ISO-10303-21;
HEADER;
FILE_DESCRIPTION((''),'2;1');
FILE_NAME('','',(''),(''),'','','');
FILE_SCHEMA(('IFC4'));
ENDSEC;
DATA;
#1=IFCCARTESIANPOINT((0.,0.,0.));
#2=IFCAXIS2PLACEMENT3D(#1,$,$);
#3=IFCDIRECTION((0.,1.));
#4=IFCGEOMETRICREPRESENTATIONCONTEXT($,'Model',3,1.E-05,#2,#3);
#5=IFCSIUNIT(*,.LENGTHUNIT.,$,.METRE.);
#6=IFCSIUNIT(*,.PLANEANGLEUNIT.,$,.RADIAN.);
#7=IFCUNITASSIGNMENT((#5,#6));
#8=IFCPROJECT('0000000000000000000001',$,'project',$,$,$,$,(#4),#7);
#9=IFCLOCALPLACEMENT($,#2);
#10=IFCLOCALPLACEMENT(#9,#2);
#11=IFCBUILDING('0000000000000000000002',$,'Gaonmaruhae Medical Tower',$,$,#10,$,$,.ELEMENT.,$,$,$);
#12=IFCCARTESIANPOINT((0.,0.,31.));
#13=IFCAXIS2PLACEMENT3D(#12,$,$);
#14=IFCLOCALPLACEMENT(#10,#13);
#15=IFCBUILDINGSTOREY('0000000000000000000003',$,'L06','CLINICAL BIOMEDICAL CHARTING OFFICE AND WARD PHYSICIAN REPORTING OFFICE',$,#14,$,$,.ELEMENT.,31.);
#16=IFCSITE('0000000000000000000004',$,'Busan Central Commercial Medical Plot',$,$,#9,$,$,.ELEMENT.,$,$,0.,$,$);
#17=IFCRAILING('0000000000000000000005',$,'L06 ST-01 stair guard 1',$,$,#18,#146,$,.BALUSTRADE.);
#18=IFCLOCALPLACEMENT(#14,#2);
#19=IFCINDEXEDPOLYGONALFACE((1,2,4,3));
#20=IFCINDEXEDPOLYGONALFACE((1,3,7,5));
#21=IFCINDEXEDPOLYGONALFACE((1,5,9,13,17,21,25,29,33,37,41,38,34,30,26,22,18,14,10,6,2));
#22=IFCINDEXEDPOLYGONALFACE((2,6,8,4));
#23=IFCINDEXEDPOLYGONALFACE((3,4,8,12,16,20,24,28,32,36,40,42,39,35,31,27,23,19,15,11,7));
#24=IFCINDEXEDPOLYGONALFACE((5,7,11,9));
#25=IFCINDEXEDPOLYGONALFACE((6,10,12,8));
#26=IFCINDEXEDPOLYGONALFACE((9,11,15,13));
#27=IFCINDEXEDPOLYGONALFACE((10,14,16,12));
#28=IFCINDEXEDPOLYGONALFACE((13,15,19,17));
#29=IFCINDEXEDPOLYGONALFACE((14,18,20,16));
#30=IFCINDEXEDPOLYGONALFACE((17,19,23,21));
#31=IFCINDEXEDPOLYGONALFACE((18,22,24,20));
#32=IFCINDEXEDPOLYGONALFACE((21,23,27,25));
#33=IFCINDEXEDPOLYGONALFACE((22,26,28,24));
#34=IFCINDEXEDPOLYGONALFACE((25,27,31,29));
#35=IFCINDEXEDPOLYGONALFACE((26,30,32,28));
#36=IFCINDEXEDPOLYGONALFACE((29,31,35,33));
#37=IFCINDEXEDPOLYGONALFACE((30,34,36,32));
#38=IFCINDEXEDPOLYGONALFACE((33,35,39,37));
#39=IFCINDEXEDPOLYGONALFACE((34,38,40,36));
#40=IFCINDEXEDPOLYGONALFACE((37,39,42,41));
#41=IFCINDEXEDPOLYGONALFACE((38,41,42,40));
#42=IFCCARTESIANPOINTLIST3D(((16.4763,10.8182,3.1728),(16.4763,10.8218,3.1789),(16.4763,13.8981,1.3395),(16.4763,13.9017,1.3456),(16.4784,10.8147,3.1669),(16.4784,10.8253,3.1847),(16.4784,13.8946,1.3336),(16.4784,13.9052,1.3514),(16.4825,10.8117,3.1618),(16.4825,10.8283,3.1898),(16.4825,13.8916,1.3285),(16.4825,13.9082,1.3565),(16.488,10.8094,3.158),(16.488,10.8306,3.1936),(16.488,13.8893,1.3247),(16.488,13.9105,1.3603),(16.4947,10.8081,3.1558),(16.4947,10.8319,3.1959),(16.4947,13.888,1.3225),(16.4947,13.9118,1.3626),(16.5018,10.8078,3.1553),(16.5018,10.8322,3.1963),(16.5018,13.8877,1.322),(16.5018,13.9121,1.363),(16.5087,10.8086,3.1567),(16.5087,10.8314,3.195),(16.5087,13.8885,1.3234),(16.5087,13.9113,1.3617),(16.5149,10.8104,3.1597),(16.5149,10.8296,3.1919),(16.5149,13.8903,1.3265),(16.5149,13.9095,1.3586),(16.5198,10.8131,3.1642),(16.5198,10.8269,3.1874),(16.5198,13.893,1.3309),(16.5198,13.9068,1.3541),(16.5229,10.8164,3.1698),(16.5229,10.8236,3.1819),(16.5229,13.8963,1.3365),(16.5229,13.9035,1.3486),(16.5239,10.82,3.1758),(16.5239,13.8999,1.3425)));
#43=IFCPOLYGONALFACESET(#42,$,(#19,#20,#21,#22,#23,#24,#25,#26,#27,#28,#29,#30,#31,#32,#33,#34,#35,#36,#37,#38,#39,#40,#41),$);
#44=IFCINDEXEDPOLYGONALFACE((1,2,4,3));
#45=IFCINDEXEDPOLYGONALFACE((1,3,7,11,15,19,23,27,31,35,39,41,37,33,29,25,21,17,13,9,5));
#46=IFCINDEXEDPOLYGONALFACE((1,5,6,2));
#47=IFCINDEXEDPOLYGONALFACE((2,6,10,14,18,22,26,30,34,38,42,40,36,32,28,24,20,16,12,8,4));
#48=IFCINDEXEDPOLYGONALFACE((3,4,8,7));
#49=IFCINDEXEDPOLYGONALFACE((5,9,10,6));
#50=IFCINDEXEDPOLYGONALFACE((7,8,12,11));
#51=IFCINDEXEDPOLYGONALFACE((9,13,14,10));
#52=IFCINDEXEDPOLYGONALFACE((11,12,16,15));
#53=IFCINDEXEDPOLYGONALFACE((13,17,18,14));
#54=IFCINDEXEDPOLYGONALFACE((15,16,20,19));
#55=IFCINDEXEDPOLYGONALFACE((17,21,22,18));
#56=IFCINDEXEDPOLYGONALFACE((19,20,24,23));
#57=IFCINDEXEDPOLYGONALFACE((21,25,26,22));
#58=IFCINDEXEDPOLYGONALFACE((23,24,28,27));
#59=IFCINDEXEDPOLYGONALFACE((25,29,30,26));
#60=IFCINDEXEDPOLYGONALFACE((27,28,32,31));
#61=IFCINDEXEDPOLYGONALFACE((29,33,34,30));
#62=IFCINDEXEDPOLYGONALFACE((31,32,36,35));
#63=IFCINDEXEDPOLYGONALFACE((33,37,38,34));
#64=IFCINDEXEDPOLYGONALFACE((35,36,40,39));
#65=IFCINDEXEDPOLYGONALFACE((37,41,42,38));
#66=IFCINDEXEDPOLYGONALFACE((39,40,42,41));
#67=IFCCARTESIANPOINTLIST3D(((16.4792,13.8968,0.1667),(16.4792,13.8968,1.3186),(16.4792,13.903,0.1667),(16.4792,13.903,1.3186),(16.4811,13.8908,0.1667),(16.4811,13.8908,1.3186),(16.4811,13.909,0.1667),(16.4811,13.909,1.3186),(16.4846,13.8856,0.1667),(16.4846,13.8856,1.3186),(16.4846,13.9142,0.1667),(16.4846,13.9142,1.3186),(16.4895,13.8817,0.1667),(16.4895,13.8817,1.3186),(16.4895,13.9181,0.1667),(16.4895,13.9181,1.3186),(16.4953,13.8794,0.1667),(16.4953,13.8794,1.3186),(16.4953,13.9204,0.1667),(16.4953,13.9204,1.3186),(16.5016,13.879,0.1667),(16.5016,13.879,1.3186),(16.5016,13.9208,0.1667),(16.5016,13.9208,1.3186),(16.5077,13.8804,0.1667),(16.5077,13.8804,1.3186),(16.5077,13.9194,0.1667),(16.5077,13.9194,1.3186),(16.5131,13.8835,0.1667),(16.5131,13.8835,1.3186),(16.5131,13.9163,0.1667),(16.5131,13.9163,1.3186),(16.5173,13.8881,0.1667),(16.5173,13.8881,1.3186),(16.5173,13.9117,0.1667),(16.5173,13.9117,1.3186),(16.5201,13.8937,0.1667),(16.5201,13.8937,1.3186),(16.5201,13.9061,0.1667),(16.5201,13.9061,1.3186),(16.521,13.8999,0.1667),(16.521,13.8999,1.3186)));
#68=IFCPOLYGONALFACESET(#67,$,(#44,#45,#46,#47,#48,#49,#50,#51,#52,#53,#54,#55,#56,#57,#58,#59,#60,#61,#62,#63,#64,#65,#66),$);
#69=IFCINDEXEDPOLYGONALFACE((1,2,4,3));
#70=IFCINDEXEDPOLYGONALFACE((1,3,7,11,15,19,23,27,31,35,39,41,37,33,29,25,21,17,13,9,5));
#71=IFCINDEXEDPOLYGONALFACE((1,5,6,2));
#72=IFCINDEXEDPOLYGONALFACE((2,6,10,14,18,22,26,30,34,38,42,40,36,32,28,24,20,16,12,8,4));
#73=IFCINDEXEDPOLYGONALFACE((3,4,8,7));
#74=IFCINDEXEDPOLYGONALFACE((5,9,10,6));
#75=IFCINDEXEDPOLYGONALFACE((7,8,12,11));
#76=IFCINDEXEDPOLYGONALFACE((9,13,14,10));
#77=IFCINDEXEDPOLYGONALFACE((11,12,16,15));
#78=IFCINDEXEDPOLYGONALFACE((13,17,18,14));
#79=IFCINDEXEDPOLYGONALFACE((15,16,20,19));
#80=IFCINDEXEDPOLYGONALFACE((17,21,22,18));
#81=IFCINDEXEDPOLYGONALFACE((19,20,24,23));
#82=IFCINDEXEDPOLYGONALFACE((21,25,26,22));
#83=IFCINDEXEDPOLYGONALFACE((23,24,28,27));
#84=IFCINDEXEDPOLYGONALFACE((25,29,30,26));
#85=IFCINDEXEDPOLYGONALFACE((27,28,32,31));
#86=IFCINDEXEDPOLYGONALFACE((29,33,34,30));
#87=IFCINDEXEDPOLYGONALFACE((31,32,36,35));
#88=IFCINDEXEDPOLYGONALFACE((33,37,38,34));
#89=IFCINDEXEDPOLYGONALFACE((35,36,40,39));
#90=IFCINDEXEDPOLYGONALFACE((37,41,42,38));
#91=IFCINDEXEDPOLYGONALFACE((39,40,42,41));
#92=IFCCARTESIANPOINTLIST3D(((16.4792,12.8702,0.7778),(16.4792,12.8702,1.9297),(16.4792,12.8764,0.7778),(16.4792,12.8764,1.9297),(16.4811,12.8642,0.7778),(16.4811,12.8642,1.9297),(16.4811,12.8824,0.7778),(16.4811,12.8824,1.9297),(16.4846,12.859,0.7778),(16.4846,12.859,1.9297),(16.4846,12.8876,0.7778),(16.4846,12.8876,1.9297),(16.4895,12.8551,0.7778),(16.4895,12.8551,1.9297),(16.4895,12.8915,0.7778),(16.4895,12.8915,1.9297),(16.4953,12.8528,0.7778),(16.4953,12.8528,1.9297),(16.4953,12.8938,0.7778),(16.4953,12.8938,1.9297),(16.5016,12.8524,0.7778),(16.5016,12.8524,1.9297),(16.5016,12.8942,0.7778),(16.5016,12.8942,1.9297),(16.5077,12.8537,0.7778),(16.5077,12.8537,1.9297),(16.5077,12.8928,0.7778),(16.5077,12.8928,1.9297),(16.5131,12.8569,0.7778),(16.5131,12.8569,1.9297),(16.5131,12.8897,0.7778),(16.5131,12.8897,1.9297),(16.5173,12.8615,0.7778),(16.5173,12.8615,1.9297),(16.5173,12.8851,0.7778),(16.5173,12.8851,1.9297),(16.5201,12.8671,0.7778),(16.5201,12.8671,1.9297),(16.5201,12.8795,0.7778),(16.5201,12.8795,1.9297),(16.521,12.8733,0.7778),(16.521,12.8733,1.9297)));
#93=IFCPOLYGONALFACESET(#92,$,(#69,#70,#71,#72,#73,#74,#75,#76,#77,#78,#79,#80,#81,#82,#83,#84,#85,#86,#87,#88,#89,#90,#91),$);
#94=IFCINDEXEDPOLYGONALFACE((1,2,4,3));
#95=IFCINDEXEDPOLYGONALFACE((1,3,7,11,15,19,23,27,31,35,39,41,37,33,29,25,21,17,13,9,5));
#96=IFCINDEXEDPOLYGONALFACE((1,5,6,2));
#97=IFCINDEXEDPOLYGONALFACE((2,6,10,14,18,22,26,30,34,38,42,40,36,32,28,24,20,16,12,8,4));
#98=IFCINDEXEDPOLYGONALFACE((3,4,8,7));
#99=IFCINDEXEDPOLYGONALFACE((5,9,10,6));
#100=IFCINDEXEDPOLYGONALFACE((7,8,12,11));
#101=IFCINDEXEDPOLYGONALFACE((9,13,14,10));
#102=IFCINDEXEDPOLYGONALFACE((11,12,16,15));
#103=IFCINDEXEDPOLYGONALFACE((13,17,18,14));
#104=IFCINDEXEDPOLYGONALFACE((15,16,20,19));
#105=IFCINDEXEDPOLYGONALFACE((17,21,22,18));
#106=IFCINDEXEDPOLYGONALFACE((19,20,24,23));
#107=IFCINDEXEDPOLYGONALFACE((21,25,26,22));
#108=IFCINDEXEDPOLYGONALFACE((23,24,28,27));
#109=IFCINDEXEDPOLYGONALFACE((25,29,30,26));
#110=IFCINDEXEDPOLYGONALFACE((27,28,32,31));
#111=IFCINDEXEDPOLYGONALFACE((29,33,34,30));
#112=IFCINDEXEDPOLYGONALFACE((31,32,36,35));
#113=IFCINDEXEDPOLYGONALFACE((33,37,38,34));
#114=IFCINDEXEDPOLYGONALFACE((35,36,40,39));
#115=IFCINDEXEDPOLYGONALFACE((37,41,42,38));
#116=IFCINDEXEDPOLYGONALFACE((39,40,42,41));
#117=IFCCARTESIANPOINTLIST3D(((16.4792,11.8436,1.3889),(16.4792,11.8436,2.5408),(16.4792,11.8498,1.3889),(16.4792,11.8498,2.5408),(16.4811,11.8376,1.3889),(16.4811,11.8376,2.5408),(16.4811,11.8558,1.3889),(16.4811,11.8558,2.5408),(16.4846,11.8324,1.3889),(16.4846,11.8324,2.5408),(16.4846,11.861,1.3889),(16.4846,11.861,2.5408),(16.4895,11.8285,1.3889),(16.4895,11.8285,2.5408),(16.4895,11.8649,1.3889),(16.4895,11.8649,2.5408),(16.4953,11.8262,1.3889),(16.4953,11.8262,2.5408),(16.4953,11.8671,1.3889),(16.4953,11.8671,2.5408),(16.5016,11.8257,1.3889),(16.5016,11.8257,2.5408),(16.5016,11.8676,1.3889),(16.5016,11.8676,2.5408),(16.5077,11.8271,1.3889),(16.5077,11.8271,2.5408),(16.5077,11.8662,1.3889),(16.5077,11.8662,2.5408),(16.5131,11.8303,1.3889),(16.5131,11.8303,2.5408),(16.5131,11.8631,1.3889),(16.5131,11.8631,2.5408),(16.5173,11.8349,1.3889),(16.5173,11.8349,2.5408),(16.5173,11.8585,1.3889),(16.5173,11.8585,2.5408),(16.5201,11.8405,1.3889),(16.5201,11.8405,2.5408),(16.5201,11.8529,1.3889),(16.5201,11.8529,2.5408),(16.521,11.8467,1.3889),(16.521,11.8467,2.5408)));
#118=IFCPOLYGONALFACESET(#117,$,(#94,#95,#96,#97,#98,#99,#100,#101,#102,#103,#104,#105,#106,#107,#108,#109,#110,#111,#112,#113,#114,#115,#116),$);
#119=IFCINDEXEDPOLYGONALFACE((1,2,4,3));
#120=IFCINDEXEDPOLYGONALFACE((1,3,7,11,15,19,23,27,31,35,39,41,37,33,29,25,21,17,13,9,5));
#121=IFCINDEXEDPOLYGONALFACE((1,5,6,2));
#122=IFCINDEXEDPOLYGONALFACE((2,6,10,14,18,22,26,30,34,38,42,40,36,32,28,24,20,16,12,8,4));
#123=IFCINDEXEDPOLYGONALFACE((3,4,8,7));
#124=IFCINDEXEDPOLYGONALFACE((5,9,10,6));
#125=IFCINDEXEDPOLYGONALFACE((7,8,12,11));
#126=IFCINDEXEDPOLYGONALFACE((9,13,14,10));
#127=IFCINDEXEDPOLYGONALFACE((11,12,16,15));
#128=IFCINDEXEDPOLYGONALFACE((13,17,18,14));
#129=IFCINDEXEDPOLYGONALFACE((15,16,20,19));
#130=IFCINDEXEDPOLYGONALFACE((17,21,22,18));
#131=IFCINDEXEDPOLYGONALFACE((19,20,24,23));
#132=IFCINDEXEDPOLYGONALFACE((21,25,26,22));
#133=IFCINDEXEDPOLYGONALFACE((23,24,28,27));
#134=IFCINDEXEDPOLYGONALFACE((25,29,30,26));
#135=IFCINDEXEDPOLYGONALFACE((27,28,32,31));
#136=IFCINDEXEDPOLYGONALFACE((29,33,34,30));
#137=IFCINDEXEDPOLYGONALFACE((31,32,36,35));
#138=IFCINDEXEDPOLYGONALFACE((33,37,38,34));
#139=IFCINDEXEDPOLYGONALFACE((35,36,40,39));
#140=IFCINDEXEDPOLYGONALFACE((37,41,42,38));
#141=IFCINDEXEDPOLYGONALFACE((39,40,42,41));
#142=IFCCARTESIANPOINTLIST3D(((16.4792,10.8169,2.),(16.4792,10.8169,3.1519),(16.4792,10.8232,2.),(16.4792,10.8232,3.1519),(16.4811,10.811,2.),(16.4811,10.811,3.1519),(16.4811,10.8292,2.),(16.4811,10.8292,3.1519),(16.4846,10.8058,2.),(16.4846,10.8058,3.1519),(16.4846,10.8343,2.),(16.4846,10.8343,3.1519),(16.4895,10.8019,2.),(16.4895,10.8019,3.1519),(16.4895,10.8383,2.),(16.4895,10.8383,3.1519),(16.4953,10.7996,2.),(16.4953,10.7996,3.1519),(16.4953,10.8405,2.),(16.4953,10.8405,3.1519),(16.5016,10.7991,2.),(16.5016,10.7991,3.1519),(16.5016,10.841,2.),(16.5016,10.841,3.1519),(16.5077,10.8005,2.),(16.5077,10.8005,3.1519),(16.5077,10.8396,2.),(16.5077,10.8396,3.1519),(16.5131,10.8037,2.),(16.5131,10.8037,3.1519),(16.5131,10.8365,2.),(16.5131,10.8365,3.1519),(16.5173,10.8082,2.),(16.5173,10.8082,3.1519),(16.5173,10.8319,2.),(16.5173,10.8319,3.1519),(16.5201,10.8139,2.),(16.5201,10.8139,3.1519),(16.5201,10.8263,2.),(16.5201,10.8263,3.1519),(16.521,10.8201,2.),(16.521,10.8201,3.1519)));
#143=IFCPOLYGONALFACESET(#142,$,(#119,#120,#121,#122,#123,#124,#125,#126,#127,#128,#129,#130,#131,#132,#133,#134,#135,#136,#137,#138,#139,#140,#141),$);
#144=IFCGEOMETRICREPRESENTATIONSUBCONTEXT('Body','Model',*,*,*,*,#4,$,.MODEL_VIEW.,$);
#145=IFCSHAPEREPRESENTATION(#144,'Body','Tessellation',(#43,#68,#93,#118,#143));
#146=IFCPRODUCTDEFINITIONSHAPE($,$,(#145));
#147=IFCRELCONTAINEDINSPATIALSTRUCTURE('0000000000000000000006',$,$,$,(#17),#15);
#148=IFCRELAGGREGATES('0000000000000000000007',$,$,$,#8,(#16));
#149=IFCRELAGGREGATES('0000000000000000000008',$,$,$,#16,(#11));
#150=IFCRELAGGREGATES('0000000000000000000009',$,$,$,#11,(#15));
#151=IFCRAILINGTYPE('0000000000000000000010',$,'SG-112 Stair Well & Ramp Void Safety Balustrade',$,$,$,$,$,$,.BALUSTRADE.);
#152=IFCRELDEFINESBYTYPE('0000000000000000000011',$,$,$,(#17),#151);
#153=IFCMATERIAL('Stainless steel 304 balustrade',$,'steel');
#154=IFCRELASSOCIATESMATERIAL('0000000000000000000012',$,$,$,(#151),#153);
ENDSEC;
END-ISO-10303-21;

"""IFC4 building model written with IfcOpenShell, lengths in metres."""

from ifc_helpers import new_model, si_unit, direction, frame, origin, origin_2d, place, context, subcontext, project, spatial, circle, extrude, material, type_object, element, save


model = new_model("IFC4")

# Units and contexts
model_context = context("Model", 3, precision=1e-05, world=origin(), true_north=direction((0.0, 1.0)))
body_context = subcontext(model_context, "Body", "Model", "MODEL_VIEW")
ifc_project = project(units=[si_unit("LENGTHUNIT", "METRE"), si_unit("PLANEANGLEUNIT", "RADIAN")], contexts=[model_context])

# Site, building, storey
site_placement = place(None, origin())
site = spatial("IfcSite", under=ifc_project, at=site_placement, Name="Busan Central Commercial Medical Plot", CompositionType="ELEMENT", RefElevation=0.0)
building_placement = place(site_placement, origin())
building = spatial("IfcBuilding", under=site, at=building_placement, Name="Gaonmaruhae Medical Tower", CompositionType="ELEMENT")
storey_placement = place(building_placement, frame((0.0, 0.0, 31.0)))
storey = spatial("IfcBuildingStorey", under=building, at=storey_placement, Name="L06", Description="CLINICAL BIOMEDICAL CHARTING OFFICE AND WARD PHYSICIAN REPORTING OFFICE", CompositionType="ELEMENT", Elevation=31.0)

# Railing
ifc_material_1 = material(Name="Stainless steel 304 balustrade", Category="steel")
railing_type_1 = type_object("IfcRailingType", Name="SG-112 Stair Well & Ramp Void Safety Balustrade", PredefinedType="BALUSTRADE", material=ifc_material_1)
railing_1_placement = place(storey_placement, frame((16.5, 13.8999, 0.1667)))
element("IfcRailing", 1, at=railing_1_placement, inside=storey, type_object=railing_type_1, Name="L06 ST-01 stair guard 1", PredefinedType="BALUSTRADE", context=body_context, shape_type="SweptSolid", body=[
    extrude(circle(Radius=0.0239, at=origin_2d()), frame((0.0, 0.0, 1.1758), z_axis=(0.0, -0.859291, 0.511487), x_axis=(1.0, 0.0, 0.0)), (0.0, 0.0, 1.0), 3.5842),
    extrude(circle(Radius=0.021, at=origin_2d()), origin(), (0.0, 0.0, 1.0), 1.1519),
    extrude(circle(Radius=0.021, at=origin_2d()), frame((0.0, -1.0266, 0.6111)), (0.0, 0.0, 1.0), 1.1519),
    extrude(circle(Radius=0.021, at=origin_2d()), frame((0.0, -2.0532, 1.2222)), (0.0, 0.0, 1.0), 1.1519),
    extrude(circle(Radius=0.021, at=origin_2d()), frame((0.0, -3.0798, 1.8333)), (0.0, 0.0, 1.0), 1.1519),
])

save(model, "model.ifc")
